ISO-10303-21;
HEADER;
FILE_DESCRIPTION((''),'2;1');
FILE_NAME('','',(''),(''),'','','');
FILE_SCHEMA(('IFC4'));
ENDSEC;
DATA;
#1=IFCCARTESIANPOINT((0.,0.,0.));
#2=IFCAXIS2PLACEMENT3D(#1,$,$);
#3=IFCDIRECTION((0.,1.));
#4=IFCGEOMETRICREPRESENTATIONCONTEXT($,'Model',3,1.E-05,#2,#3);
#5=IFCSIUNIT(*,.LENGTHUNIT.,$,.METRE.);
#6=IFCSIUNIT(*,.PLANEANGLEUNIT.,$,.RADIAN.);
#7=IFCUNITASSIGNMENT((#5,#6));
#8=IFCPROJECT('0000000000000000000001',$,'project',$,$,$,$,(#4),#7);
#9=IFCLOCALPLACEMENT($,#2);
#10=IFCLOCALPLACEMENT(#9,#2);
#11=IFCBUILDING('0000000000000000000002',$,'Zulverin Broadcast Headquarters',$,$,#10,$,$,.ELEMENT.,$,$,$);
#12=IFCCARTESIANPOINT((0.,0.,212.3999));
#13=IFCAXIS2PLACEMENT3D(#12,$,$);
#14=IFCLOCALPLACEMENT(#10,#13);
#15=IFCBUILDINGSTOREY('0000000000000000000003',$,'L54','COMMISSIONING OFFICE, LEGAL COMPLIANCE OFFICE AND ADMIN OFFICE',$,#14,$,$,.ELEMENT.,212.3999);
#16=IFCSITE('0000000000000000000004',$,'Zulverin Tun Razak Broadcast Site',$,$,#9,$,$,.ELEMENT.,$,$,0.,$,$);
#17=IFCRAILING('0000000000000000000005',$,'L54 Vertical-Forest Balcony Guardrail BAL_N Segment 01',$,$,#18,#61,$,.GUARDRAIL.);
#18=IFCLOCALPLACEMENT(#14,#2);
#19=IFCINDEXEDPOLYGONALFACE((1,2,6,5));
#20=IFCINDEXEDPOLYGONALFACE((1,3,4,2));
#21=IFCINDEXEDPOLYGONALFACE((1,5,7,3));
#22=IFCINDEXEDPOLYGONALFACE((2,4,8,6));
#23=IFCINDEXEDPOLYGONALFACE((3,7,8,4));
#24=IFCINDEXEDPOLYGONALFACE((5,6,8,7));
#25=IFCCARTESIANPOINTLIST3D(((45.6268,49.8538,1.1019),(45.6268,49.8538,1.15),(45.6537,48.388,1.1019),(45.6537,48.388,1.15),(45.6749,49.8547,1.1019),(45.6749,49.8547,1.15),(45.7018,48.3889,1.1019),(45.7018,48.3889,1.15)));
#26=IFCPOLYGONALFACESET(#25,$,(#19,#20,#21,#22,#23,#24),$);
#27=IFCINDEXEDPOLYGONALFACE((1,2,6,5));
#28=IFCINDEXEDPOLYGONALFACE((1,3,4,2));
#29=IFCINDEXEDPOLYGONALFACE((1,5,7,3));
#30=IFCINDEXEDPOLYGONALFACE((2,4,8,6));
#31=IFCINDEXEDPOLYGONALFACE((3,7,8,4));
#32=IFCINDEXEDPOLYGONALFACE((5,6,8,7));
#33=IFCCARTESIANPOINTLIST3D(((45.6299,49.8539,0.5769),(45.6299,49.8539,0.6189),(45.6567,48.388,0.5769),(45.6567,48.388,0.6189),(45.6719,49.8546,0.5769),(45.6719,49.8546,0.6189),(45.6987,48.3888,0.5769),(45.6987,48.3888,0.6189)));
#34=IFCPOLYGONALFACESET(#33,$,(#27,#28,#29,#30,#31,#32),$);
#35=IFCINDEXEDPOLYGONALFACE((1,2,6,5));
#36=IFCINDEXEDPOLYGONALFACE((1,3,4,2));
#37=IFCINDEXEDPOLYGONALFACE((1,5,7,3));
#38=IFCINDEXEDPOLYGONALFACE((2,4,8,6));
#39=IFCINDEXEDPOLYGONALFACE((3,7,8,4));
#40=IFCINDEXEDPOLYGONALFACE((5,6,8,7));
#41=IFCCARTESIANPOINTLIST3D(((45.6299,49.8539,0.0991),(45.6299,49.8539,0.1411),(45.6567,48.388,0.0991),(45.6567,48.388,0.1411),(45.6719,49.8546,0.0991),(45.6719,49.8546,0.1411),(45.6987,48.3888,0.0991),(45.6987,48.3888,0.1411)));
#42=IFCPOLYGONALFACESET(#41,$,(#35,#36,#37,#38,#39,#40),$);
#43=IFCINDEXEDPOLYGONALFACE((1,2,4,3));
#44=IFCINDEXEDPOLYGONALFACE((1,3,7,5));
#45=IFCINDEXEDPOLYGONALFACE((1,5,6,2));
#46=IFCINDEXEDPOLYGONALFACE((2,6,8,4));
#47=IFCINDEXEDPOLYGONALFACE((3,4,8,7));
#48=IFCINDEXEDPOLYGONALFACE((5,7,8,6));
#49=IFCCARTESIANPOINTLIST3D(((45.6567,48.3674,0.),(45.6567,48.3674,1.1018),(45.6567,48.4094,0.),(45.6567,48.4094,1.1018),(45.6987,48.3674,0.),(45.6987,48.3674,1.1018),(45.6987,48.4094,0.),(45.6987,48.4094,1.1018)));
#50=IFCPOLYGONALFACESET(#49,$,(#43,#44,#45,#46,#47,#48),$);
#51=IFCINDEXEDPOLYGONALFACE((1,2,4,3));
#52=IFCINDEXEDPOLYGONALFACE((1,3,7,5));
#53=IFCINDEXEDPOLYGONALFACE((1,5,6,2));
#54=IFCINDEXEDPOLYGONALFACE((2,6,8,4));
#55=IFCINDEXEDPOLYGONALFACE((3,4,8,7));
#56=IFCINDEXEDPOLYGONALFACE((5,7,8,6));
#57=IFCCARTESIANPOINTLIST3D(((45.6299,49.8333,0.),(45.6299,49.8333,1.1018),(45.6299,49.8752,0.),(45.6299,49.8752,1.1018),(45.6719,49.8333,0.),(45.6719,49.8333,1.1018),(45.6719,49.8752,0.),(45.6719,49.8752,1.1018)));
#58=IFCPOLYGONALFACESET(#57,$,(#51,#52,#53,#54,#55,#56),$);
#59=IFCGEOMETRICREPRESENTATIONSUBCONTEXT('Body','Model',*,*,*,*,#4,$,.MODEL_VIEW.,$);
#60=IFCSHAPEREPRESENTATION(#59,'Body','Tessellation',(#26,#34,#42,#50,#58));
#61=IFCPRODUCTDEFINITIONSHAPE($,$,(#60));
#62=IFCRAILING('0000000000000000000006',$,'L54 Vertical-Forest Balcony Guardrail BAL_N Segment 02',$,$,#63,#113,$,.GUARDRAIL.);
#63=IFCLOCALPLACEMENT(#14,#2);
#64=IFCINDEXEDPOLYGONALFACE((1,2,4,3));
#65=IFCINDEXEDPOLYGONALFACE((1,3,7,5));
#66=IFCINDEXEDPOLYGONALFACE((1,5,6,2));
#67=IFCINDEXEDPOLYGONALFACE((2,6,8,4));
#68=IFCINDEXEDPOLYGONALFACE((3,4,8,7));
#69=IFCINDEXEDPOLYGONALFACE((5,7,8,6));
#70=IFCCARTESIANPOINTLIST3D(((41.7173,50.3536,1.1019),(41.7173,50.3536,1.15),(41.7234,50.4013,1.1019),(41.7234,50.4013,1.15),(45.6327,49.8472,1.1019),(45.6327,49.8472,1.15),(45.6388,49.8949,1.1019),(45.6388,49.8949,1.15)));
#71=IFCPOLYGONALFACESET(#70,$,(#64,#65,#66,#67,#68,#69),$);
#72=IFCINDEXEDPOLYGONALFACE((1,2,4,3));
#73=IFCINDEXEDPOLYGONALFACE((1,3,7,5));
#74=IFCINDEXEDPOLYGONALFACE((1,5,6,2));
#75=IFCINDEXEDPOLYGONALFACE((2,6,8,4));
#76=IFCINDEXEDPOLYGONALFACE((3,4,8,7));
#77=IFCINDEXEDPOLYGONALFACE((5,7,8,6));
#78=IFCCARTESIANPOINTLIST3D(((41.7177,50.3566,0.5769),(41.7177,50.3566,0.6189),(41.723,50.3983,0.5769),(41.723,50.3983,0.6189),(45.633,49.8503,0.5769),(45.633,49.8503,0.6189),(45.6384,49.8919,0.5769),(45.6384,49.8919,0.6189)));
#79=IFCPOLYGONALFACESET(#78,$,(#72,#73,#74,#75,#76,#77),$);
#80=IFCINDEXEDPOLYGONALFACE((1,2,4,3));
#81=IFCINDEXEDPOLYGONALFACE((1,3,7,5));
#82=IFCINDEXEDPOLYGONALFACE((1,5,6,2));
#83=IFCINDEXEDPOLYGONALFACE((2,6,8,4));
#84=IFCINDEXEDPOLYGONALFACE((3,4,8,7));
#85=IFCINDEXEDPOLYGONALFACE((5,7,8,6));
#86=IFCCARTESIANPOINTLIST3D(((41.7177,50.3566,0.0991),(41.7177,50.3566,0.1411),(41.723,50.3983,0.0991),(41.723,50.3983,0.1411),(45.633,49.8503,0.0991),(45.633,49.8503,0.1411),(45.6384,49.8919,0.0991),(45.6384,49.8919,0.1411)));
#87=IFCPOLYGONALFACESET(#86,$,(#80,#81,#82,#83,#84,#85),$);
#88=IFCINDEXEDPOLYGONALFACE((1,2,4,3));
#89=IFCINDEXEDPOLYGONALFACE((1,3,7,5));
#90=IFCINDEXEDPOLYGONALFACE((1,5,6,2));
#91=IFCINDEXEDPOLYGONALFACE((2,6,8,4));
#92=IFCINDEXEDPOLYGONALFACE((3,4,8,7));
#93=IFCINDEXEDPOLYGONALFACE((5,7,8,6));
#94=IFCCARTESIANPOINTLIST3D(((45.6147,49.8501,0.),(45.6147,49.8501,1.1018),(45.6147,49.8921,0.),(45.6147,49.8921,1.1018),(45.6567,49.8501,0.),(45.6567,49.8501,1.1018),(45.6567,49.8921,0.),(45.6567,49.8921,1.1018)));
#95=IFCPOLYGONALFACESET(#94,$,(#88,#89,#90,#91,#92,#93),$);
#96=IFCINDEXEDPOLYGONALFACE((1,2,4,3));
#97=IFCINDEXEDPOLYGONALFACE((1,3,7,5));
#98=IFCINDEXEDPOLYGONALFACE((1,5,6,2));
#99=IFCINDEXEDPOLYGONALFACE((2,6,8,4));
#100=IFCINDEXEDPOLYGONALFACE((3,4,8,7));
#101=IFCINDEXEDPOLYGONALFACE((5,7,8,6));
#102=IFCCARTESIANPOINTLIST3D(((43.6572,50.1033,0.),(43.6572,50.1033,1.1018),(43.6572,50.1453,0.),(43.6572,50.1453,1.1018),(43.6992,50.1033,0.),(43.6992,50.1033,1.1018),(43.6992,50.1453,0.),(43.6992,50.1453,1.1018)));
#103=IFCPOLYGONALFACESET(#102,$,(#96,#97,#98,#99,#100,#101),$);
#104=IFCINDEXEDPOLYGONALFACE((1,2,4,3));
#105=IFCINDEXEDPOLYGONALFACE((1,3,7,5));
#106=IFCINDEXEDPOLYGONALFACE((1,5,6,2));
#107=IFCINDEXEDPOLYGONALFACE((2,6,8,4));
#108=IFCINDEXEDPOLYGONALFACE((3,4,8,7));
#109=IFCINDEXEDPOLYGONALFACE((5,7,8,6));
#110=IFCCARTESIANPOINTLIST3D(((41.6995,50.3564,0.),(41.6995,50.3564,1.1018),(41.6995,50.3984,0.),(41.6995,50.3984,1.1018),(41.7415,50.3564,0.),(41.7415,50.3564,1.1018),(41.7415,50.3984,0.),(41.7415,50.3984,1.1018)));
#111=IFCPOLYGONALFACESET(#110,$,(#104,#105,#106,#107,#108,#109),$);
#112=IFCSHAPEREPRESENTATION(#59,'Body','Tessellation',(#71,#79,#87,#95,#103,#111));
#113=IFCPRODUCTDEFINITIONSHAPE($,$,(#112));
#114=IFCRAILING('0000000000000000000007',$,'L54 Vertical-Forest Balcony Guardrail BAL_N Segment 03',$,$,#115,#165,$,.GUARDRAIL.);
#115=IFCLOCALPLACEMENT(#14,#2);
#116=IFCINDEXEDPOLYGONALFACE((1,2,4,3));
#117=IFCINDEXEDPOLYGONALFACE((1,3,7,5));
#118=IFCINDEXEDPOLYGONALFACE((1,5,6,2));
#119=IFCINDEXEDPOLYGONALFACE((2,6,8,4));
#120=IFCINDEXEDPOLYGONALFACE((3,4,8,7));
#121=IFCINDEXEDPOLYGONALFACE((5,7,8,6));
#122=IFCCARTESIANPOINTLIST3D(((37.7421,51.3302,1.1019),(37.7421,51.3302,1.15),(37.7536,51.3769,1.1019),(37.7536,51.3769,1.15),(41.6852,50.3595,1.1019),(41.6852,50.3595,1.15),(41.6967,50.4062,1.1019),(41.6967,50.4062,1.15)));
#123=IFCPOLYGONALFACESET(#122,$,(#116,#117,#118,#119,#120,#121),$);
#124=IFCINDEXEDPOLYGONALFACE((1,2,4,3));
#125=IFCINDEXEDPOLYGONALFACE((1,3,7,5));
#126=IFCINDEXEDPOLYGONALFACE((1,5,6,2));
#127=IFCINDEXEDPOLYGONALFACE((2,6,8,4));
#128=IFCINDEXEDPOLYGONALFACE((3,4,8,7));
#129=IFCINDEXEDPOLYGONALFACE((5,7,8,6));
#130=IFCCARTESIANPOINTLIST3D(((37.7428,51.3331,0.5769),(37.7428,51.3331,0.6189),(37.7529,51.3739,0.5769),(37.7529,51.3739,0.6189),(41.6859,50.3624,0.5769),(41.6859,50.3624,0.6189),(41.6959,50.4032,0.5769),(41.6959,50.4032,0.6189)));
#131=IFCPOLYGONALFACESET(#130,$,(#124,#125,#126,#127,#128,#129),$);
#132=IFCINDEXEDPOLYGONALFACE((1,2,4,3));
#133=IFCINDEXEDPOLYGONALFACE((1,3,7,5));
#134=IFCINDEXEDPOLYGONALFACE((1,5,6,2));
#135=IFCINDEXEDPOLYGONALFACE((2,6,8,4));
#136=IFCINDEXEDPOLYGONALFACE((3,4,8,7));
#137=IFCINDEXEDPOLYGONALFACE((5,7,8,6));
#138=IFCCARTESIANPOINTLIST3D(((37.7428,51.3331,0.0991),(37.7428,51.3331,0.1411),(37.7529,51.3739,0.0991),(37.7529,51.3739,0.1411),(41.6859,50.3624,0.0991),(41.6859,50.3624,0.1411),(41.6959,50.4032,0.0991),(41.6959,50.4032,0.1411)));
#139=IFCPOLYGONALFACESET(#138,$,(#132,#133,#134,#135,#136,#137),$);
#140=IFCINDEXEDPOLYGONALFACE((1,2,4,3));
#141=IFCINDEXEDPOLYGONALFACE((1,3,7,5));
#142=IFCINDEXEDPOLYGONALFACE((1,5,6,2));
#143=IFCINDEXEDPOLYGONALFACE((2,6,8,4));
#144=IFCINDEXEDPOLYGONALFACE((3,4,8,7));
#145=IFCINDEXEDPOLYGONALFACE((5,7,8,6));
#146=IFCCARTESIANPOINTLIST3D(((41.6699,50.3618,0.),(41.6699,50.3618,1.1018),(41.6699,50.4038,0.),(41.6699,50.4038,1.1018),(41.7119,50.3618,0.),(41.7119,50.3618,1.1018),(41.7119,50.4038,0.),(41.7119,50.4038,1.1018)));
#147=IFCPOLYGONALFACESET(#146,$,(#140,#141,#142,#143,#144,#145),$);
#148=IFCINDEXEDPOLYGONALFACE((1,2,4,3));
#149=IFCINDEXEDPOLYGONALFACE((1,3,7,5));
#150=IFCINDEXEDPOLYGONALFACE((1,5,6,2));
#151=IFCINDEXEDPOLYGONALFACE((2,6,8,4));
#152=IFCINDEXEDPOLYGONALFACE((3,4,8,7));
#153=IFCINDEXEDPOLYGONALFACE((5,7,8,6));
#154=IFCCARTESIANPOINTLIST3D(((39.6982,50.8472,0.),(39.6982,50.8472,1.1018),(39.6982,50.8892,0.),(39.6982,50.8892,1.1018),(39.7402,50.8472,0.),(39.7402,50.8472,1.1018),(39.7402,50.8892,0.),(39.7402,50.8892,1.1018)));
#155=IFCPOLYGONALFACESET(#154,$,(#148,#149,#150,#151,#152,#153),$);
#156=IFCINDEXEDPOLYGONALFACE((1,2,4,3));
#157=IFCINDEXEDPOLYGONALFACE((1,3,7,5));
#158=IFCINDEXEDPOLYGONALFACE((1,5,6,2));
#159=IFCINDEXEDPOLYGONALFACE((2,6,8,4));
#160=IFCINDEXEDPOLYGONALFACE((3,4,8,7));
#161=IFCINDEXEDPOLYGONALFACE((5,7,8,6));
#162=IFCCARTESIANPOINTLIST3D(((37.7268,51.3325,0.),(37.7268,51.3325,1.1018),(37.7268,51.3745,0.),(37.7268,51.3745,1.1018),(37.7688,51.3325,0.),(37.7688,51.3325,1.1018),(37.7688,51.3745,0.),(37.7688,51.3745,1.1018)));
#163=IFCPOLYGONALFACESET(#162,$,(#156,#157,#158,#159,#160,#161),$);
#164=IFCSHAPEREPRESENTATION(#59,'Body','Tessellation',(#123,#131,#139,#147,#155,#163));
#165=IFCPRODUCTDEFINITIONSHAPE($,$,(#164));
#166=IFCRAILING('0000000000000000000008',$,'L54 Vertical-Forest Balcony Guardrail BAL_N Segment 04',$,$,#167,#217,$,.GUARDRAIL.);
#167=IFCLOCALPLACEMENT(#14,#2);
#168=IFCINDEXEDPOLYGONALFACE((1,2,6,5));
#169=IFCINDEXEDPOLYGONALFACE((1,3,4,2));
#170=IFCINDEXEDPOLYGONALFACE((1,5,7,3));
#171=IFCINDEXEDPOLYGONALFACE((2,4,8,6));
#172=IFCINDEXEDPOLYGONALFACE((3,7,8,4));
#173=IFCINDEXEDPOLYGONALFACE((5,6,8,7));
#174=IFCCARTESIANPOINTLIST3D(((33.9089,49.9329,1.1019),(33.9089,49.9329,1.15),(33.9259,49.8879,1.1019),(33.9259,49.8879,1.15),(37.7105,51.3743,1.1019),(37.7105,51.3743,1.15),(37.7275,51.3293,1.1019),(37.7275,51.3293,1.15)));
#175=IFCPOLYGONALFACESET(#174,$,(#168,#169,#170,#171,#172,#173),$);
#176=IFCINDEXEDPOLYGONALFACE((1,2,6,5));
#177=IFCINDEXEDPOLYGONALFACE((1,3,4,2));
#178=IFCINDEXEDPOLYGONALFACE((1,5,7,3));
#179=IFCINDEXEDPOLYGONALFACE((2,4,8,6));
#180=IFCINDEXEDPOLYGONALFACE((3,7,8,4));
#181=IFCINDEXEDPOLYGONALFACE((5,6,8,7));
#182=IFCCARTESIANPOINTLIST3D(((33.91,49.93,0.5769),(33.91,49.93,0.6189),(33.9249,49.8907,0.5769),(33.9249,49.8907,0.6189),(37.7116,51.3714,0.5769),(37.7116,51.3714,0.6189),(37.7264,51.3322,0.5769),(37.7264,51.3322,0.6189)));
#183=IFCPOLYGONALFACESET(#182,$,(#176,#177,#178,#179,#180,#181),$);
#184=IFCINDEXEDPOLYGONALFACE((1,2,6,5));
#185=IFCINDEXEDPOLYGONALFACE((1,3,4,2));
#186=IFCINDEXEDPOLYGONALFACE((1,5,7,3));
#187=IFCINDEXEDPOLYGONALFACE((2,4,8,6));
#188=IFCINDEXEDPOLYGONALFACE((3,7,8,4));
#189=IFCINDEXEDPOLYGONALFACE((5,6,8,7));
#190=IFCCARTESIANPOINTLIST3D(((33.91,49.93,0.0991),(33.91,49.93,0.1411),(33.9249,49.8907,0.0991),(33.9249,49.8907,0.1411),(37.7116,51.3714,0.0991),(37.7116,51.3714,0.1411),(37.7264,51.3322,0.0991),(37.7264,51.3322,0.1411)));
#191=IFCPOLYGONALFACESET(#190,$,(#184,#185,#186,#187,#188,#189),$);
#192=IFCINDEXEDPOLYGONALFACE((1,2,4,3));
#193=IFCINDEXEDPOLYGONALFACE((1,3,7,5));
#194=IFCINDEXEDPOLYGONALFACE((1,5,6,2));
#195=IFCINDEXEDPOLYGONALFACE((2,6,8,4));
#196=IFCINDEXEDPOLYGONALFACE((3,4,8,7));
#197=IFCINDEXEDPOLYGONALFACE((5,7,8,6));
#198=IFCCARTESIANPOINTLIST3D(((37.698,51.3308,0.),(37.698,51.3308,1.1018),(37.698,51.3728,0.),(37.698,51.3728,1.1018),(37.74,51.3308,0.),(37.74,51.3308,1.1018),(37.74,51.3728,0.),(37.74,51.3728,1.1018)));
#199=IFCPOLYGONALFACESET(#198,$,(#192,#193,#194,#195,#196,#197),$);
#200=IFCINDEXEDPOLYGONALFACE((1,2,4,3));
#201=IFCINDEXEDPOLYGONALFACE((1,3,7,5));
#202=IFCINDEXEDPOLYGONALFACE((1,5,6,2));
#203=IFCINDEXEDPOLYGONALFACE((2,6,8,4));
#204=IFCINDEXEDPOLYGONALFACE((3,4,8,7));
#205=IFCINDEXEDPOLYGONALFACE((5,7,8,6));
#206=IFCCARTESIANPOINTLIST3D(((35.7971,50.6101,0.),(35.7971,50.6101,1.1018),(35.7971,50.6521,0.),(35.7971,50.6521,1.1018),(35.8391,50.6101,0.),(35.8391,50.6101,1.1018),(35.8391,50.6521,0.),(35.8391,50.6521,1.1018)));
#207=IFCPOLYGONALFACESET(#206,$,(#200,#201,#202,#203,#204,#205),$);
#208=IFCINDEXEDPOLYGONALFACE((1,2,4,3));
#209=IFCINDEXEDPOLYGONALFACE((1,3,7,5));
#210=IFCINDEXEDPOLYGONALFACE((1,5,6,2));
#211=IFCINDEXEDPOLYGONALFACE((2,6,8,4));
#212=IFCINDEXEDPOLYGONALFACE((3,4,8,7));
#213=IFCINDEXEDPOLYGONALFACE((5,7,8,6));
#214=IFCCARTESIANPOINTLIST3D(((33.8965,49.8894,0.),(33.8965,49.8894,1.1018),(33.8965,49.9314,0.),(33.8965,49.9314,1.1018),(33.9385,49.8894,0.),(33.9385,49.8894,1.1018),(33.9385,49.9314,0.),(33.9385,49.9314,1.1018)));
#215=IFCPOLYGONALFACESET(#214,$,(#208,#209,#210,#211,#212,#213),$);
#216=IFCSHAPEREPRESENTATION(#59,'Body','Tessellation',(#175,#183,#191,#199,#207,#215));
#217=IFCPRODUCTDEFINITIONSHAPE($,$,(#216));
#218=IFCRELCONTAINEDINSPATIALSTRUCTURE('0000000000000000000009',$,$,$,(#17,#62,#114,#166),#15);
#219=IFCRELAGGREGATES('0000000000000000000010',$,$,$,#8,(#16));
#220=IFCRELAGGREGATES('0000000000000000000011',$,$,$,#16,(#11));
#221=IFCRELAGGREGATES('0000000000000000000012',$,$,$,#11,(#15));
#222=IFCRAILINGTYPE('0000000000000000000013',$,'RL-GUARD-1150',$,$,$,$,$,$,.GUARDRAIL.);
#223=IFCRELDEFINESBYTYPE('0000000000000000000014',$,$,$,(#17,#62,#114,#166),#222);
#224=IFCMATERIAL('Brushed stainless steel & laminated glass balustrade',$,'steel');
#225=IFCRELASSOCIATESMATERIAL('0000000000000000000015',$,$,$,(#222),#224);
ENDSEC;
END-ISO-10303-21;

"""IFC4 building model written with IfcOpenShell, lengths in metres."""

from ifc_helpers import new_model, si_unit, direction, frame, origin, origin_2d, place, context, subcontext, project, spatial, rectangle, extrude, material, type_object, element, save


model = new_model("IFC4")

# Units and contexts
model_context = context("Model", 3, precision=1e-05, world=origin(), true_north=direction((0.0, 1.0)))
body_context = subcontext(model_context, "Body", "Model", "MODEL_VIEW")
ifc_project = project(units=[si_unit("LENGTHUNIT", "METRE"), si_unit("PLANEANGLEUNIT", "RADIAN")], contexts=[model_context])

# Site, building, storey
site_placement = place(None, origin())
site = spatial("IfcSite", under=ifc_project, at=site_placement, Name="Zulverin Tun Razak Broadcast Site", CompositionType="ELEMENT", RefElevation=0.0)
building_placement = place(site_placement, origin())
building = spatial("IfcBuilding", under=site, at=building_placement, Name="Zulverin Broadcast Headquarters", CompositionType="ELEMENT")
storey_placement = place(building_placement, frame((0.0, 0.0, 212.3999)))
storey = spatial("IfcBuildingStorey", under=building, at=storey_placement, Name="L54", Description="COMMISSIONING OFFICE, LEGAL COMPLIANCE OFFICE AND ADMIN OFFICE", CompositionType="ELEMENT", Elevation=212.3999)

# Railings
ifc_material_1 = material(Name="Brushed stainless steel & laminated glass balustrade", Category="steel")
railing_type_1 = type_object("IfcRailingType", Name="RL-GUARD-1150", PredefinedType="GUARDRAIL", material=ifc_material_1)
railing_1_placement = place(storey_placement, frame((45.6777, 48.3884, 0.0)))
element("IfcRailing", 1, at=railing_1_placement, inside=storey, type_object=railing_type_1, Name="L54 Vertical-Forest Balcony Guardrail BAL_N Segment 01", PredefinedType="GUARDRAIL", context=body_context, shape_type="SweptSolid", body=[
    extrude(rectangle(XDim=0.0481, YDim=0.0481, at=origin_2d()), frame((0.0, 0.0, 1.126), z_axis=(-0.018318, 0.999832, 0.0), x_axis=(-0.999832, -0.018318, 0.0)), (0.0, 0.0, 1.0), 1.4661),
    extrude(rectangle(XDim=0.042, YDim=0.042, at=origin_2d()), frame((0.0, 0.0, 0.5979), z_axis=(-0.018318, 0.999832, 0.0), x_axis=(-0.999832, -0.018318, 0.0)), (0.0, 0.0, 1.0), 1.4661),
    extrude(rectangle(XDim=0.042, YDim=0.042, at=origin_2d()), frame((0.0, 0.0, 0.1201), z_axis=(-0.018318, 0.999832, 0.0), x_axis=(-0.999832, -0.018318, 0.0)), (0.0, 0.0, 1.0), 1.4661),
    extrude(rectangle(XDim=0.042, YDim=0.042, at=origin_2d()), origin(), (0.0, 0.0, 1.0), 1.1018),
    extrude(rectangle(XDim=0.042, YDim=0.042, at=origin_2d()), frame((-0.0269, 1.4658, 0.0)), (0.0, 0.0, 1.0), 1.1018),
])
railing_2_placement = place(storey_placement, frame((45.6357, 49.8711, 0.0)))
element("IfcRailing", 2, at=railing_2_placement, inside=storey, type_object=railing_type_1, Name="L54 Vertical-Forest Balcony Guardrail BAL_N Segment 02", PredefinedType="GUARDRAIL", context=body_context, shape_type="SweptSolid", body=[
    extrude(rectangle(XDim=0.0481, YDim=0.0481, at=origin_2d()), frame((0.0, 0.0, 1.126), z_axis=(-0.991741, 0.128258, 0.0), x_axis=(-0.128258, -0.991741, 0.0)), (0.0, 0.0, 1.0), 3.948),
    extrude(rectangle(XDim=0.042, YDim=0.042, at=origin_2d()), frame((0.0, 0.0, 0.5979), z_axis=(-0.991741, 0.128258, 0.0), x_axis=(-0.128258, -0.991741, 0.0)), (0.0, 0.0, 1.0), 3.948),
    extrude(rectangle(XDim=0.042, YDim=0.042, at=origin_2d()), frame((0.0, 0.0, 0.1201), z_axis=(-0.991741, 0.128258, 0.0), x_axis=(-0.128258, -0.991741, 0.0)), (0.0, 0.0, 1.0), 3.948),
    extrude(rectangle(XDim=0.042, YDim=0.042, at=origin_2d()), origin(), (0.0, 0.0, 1.0), 1.1018),
    extrude(rectangle(XDim=0.042, YDim=0.042, at=origin_2d()), frame((-1.9575, 0.2532, 0.0)), (0.0, 0.0, 1.0), 1.1018),
    extrude(rectangle(XDim=0.042, YDim=0.042, at=origin_2d()), frame((-3.9153, 0.5063, 0.0)), (0.0, 0.0, 1.0), 1.1018),
])
railing_3_placement = place(storey_placement, frame((41.6909, 50.3828, 0.0)))
element("IfcRailing", 3, at=railing_3_placement, inside=storey, type_object=railing_type_1, Name="L54 Vertical-Forest Balcony Guardrail BAL_N Segment 03", PredefinedType="GUARDRAIL", context=body_context, shape_type="SweptSolid", body=[
    extrude(rectangle(XDim=0.0481, YDim=0.0481, at=origin_2d()), frame((0.0, 0.0, 1.126), z_axis=(-0.97101, 0.23904, 0.0), x_axis=(-0.23904, -0.97101, 0.0)), (0.0, 0.0, 1.0), 4.0608),
    extrude(rectangle(XDim=0.042, YDim=0.042, at=origin_2d()), frame((0.0, 0.0, 0.5979), z_axis=(-0.97101, 0.23904, 0.0), x_axis=(-0.23904, -0.97101, 0.0)), (0.0, 0.0, 1.0), 4.0608),
    extrude(rectangle(XDim=0.042, YDim=0.042, at=origin_2d()), frame((0.0, 0.0, 0.1201), z_axis=(-0.97101, 0.23904, 0.0), x_axis=(-0.23904, -0.97101, 0.0)), (0.0, 0.0, 1.0), 4.0608),
    extrude(rectangle(XDim=0.042, YDim=0.042, at=origin_2d()), origin(), (0.0, 0.0, 1.0), 1.1018),
    extrude(rectangle(XDim=0.042, YDim=0.042, at=origin_2d()), frame((-1.9717, 0.4854, 0.0)), (0.0, 0.0, 1.0), 1.1018),
    extrude(rectangle(XDim=0.042, YDim=0.042, at=origin_2d()), frame((-3.9431, 0.9707, 0.0)), (0.0, 0.0, 1.0), 1.1018),
])
railing_4_placement = place(storey_placement, frame((37.719, 51.3518, 0.0)))
element("IfcRailing", 4, at=railing_4_placement, inside=storey, type_object=railing_type_1, Name="L54 Vertical-Forest Balcony Guardrail BAL_N Segment 04", PredefinedType="GUARDRAIL", context=body_context, shape_type="SweptSolid", body=[
    extrude(rectangle(XDim=0.0481, YDim=0.0481, at=origin_2d()), frame((0.0, 0.0, 1.126), z_axis=(-0.935042, -0.354537, 0.0), x_axis=(0.354537, -0.935042, 0.0)), (0.0, 0.0, 1.0), 4.0657),
    extrude(rectangle(XDim=0.042, YDim=0.042, at=origin_2d()), frame((0.0, 0.0, 0.5979), z_axis=(-0.935042, -0.354537, 0.0), x_axis=(0.354537, -0.935042, 0.0)), (0.0, 0.0, 1.0), 4.0657),
    extrude(rectangle(XDim=0.042, YDim=0.042, at=origin_2d()), frame((0.0, 0.0, 0.1201), z_axis=(-0.935042, -0.354537, 0.0), x_axis=(0.354537, -0.935042, 0.0)), (0.0, 0.0, 1.0), 4.0657),
    extrude(rectangle(XDim=0.042, YDim=0.042, at=origin_2d()), origin(), (0.0, 0.0, 1.0), 1.1018),
    extrude(rectangle(XDim=0.042, YDim=0.042, at=origin_2d()), frame((-1.9009, -0.7207, 0.0)), (0.0, 0.0, 1.0), 1.1018),
    extrude(rectangle(XDim=0.042, YDim=0.042, at=origin_2d()), frame((-3.8015, -1.4414, 0.0)), (0.0, 0.0, 1.0), 1.1018),
])

save(model, "model.ifc")
